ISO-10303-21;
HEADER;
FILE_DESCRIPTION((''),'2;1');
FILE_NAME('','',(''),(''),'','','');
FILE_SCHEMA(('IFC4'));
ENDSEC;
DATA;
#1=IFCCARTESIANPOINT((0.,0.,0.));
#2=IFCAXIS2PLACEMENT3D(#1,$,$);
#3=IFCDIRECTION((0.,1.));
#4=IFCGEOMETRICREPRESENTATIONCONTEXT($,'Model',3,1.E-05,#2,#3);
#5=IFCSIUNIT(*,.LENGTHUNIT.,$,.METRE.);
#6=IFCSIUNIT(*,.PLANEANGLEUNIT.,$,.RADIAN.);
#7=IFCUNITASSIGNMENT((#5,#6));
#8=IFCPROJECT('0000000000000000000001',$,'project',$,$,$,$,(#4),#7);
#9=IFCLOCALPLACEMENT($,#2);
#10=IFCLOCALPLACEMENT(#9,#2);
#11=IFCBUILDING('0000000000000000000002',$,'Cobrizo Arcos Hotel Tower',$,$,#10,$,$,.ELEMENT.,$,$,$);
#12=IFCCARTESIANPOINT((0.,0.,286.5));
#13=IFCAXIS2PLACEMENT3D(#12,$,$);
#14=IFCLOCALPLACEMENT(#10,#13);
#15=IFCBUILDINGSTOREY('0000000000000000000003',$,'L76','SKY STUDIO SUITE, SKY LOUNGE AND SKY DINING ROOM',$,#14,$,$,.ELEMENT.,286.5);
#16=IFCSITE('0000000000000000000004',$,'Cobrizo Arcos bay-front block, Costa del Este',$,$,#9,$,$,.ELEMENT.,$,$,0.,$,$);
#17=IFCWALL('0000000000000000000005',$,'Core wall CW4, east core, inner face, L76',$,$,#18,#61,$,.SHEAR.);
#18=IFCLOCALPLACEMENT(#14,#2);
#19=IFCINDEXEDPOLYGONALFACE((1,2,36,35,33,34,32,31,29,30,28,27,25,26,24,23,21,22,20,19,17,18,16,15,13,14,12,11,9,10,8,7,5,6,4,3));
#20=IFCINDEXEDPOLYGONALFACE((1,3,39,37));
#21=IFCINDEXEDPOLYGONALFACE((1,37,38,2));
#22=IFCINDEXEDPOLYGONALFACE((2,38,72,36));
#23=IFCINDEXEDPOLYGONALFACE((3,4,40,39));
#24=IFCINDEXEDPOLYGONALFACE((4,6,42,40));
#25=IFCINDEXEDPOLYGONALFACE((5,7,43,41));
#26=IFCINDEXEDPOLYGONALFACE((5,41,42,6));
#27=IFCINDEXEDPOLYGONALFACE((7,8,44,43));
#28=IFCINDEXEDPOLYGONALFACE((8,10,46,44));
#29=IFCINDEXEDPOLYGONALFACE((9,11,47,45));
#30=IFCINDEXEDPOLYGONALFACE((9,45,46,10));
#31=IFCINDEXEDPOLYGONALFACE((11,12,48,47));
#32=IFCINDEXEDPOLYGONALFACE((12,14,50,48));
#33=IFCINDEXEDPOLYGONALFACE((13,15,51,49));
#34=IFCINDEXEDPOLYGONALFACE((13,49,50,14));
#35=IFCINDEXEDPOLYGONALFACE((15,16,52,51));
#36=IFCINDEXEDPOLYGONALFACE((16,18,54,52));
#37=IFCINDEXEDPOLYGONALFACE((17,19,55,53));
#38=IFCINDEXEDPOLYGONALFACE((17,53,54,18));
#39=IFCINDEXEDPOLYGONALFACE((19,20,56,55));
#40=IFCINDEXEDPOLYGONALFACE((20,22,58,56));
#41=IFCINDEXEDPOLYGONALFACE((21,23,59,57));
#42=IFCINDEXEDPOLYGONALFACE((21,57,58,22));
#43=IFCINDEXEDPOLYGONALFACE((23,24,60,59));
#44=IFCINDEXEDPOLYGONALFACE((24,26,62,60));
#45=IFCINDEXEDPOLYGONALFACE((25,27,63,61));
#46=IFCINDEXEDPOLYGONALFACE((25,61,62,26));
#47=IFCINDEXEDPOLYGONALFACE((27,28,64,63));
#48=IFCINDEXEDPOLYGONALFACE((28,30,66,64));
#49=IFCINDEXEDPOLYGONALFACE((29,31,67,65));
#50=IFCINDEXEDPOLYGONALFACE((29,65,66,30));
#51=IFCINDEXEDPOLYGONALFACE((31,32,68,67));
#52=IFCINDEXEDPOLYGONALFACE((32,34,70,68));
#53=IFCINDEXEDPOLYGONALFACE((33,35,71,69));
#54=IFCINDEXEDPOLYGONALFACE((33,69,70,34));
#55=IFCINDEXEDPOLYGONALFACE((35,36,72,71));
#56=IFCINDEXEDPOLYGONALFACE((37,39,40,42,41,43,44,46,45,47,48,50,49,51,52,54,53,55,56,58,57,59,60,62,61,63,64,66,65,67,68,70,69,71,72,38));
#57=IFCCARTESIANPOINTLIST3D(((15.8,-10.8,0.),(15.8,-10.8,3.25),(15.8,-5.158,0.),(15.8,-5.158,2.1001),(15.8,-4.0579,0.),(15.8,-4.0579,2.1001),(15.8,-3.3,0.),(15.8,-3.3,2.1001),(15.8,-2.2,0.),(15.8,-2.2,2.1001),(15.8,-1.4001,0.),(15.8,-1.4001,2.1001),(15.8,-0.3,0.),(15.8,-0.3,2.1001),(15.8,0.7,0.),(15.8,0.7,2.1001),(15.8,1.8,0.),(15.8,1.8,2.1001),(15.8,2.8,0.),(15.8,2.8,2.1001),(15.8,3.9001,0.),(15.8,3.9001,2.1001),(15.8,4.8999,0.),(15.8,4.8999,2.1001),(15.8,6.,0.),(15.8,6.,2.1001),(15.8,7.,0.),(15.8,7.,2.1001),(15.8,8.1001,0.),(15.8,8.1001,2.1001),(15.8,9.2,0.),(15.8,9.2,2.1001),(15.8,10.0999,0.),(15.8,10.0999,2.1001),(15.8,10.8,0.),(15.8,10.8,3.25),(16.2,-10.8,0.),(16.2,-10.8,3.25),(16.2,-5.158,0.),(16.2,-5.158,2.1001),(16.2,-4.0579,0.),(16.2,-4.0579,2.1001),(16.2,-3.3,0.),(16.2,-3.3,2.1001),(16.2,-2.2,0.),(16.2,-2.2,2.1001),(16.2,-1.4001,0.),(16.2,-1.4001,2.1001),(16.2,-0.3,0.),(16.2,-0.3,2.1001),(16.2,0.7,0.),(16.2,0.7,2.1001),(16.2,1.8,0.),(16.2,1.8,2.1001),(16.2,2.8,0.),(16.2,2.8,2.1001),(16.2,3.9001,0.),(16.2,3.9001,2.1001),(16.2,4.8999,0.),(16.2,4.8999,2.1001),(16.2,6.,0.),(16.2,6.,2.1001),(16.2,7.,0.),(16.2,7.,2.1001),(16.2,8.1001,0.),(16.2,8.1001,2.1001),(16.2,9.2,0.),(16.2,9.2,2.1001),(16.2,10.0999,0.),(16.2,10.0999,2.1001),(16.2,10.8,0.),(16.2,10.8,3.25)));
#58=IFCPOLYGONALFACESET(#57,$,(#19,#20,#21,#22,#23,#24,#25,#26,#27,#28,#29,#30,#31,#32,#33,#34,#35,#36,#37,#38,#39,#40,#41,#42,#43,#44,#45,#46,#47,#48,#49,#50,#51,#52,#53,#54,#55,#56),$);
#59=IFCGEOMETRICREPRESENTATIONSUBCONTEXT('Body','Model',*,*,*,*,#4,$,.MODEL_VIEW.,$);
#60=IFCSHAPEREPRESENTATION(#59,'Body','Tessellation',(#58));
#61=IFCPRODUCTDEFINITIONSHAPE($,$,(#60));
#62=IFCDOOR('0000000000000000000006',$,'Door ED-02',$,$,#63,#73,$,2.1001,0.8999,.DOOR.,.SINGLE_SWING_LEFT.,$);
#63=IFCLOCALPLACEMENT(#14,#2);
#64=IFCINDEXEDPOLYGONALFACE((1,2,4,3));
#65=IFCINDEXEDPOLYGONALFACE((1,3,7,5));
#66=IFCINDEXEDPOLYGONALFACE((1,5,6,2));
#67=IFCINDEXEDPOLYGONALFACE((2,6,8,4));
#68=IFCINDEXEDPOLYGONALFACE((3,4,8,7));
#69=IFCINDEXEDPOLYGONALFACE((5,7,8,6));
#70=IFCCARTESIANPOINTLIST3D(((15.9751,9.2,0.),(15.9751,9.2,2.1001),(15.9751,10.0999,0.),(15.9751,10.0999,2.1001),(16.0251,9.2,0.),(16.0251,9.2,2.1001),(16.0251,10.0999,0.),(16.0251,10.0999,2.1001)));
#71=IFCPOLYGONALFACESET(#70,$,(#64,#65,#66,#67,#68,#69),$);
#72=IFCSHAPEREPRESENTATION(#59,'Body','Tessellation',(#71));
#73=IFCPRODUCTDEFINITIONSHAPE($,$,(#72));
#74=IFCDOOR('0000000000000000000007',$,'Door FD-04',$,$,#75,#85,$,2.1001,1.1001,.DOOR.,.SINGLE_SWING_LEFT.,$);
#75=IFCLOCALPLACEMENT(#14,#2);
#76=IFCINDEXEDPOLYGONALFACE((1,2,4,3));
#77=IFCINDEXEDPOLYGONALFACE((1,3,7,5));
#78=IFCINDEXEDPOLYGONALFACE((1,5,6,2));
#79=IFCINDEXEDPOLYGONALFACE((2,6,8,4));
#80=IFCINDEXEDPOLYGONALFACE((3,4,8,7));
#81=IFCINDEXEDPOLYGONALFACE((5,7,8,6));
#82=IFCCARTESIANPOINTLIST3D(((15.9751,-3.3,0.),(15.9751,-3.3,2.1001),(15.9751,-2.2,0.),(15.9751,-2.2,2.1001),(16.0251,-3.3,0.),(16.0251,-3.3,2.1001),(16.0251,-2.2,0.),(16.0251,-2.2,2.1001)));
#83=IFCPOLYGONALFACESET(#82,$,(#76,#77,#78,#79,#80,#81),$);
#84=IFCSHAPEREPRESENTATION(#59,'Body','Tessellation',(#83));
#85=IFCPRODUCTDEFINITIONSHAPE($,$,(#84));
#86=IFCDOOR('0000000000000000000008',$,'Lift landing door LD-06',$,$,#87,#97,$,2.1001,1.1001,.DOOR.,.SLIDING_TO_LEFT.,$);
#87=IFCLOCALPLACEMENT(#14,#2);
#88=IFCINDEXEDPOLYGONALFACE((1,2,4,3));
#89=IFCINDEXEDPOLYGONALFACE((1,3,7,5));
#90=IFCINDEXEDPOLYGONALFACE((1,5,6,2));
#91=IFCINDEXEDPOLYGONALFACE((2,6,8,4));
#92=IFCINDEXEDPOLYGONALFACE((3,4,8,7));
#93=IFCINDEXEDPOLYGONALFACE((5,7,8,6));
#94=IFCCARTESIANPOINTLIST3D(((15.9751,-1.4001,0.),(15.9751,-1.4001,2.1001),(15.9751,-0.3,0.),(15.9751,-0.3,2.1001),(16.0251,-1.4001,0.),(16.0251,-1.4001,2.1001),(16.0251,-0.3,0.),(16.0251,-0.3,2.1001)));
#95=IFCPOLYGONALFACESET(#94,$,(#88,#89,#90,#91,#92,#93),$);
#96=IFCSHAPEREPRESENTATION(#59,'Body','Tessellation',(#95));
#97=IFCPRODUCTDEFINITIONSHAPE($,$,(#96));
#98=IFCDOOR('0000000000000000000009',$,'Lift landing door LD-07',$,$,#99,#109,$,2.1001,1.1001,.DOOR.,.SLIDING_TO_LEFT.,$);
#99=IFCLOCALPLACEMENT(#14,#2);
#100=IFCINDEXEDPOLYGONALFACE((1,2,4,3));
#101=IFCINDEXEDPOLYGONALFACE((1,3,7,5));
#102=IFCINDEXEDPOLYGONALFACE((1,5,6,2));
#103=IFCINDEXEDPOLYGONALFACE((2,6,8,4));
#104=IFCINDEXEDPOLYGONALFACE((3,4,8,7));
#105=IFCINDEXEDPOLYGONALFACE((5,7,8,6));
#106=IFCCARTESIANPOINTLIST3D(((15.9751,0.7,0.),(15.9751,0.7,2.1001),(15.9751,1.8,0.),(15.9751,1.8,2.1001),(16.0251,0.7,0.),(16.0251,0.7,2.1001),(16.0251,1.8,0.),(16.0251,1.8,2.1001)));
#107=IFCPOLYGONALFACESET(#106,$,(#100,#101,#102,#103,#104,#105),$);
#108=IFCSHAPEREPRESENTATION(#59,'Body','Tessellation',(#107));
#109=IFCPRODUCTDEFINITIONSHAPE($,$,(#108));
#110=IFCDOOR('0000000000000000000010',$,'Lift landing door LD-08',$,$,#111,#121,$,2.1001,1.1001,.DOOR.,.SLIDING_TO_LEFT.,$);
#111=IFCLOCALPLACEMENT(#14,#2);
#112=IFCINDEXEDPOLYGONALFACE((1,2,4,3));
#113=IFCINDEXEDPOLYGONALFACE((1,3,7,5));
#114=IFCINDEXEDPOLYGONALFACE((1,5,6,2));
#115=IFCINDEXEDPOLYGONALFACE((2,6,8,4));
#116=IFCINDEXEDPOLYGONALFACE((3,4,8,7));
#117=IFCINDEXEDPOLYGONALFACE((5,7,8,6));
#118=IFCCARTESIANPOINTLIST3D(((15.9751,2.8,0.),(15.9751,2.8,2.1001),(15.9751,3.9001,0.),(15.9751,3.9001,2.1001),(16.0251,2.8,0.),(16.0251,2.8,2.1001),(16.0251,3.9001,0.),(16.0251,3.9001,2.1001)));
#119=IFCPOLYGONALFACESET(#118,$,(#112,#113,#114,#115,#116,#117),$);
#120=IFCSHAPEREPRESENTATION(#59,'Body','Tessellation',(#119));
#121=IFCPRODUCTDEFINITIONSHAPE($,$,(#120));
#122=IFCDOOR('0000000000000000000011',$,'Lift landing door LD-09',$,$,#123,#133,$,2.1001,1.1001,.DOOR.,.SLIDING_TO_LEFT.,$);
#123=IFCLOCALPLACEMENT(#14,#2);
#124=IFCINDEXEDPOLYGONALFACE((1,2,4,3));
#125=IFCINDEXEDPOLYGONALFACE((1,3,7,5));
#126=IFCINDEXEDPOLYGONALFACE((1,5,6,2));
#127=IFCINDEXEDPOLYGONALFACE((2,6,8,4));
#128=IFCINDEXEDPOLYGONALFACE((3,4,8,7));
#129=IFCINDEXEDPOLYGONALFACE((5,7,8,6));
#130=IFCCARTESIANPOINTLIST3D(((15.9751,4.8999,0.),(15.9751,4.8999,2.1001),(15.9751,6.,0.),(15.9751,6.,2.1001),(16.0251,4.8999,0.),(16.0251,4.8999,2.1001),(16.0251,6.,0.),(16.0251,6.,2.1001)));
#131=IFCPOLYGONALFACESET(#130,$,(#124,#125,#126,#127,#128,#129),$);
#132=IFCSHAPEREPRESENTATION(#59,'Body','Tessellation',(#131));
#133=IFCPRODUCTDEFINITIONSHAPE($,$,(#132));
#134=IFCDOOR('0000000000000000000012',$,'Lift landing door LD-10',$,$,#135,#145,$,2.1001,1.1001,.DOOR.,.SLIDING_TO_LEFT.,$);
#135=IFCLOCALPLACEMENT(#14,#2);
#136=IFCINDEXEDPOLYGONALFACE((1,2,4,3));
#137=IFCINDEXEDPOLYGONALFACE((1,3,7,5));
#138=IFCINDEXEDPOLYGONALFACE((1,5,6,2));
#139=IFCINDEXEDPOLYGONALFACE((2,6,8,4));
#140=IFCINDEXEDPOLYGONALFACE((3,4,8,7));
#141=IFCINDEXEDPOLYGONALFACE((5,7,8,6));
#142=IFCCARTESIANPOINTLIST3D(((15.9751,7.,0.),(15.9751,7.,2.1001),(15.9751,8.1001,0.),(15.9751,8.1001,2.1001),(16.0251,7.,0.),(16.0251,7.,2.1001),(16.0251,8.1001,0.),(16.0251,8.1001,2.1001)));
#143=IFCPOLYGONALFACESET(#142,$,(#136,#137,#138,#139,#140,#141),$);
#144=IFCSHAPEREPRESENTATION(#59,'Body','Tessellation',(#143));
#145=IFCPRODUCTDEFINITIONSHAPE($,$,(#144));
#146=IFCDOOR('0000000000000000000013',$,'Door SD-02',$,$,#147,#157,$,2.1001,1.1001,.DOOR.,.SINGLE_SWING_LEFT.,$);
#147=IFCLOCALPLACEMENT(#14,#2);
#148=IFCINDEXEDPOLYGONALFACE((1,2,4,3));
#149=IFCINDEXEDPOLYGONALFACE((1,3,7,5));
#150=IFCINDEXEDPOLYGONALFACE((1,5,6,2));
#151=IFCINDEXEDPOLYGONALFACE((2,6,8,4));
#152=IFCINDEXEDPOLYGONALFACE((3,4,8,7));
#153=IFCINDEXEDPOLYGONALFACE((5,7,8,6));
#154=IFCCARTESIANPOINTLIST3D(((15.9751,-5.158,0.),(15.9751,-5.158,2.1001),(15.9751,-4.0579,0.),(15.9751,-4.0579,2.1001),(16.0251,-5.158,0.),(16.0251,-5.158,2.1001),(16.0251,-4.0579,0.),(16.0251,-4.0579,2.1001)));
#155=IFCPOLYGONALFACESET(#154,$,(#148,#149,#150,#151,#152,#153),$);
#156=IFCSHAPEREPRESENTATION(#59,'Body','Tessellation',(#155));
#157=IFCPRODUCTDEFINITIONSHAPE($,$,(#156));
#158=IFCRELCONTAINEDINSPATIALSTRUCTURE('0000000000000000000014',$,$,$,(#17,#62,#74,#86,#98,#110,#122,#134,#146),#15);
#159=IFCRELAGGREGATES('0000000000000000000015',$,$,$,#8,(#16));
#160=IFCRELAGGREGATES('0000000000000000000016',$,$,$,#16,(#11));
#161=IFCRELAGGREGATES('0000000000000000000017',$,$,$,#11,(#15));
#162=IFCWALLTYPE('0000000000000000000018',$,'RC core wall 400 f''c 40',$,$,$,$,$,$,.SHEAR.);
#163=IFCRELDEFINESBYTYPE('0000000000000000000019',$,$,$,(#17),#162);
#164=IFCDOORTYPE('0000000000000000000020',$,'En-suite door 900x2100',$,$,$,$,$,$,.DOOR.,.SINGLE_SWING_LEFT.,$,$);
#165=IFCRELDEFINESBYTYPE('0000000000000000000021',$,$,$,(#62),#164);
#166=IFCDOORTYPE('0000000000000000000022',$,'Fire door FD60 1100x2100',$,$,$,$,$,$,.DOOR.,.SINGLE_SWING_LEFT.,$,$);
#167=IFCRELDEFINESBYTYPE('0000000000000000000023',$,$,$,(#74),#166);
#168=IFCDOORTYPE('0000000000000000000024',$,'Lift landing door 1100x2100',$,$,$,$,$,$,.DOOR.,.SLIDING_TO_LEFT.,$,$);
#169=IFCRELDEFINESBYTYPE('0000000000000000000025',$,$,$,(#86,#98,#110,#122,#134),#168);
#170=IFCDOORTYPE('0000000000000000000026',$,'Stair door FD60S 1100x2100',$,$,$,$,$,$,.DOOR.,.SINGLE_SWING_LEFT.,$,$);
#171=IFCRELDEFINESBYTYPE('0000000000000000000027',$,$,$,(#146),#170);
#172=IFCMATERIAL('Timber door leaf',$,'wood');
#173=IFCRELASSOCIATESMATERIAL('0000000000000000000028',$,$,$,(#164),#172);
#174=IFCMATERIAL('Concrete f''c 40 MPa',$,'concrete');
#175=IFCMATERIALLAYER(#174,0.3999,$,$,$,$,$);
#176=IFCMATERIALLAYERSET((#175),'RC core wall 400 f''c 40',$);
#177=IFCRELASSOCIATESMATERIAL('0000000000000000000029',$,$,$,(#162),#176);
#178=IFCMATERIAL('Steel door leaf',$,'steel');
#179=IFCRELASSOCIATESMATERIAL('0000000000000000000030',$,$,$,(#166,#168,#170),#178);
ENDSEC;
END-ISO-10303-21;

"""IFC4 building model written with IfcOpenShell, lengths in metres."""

from ifc_helpers import new_model, si_unit, direction, frame, frame_2d, origin, place, context, subcontext, project, spatial, rectangle, extrude, material, layer, layer_set, type_object, element, fill, save


model = new_model("IFC4")

# Units and contexts
model_context = context("Model", 3, precision=1e-05, world=origin(), true_north=direction((0.0, 1.0)))
body_context = subcontext(model_context, "Body", "Model", "MODEL_VIEW")
ifc_project = project(units=[si_unit("LENGTHUNIT", "METRE"), si_unit("PLANEANGLEUNIT", "RADIAN")], contexts=[model_context])

# Site, building, storey
site_placement = place(None, origin())
site = spatial("IfcSite", under=ifc_project, at=site_placement, Name="Cobrizo Arcos bay-front block, Costa del Este", CompositionType="ELEMENT", RefElevation=0.0)
building_placement = place(site_placement, origin())
building = spatial("IfcBuilding", under=site, at=building_placement, Name="Cobrizo Arcos Hotel Tower", CompositionType="ELEMENT")
storey_placement = place(building_placement, frame((0.0, 0.0, 286.5)))
storey = spatial("IfcBuildingStorey", under=building, at=storey_placement, Name="L76", Description="SKY STUDIO SUITE, SKY LOUNGE AND SKY DINING ROOM", CompositionType="ELEMENT", Elevation=286.5)

# Shared definitions
ifc_material_1 = material(Name="Timber door leaf", Category="wood")
door_type_1 = type_object("IfcDoorType", Name="En-suite door 900x2100", OperationType="SINGLE_SWING_LEFT", PredefinedType="DOOR", material=ifc_material_1)

# Wall, openings, doors
ifc_material_2 = material(Name="Concrete f'c 40 MPa", Category="concrete")
ifc_layer_1 = layer(ifc_material_2, 0.3999)
ifc_layer_set_1 = layer_set([ifc_layer_1], Name="RC core wall 400 f'c 40")
wall_type_1 = type_object("IfcWallType", Name="RC core wall 400 f'c 40", PredefinedType="SHEAR", material=ifc_layer_set_1)
wall_1_placement = place(storey_placement, frame((16.0, -10.8, 0.0), z_axis=(0.0, 0.0, 1.0), x_axis=(0.0, 1.0, 0.0)))
wall_1 = element("IfcWall", 1, at=wall_1_placement, inside=storey, type_object=wall_type_1, Name="Core wall CW4, east core, inner face, L76", PredefinedType="SHEAR", context=body_context, shape_type="SweptSolid", body=[
    extrude(rectangle(XDim=21.6001, YDim=0.3999, at=frame_2d((10.8, 0.0))), origin(), (0.0, 0.0, 1.0), 3.25),
])
opening_1_placement = place(wall_1_placement, frame((9.3999, 0.0, 0.0)))
opening_1 = element("IfcOpeningElement", 2, at=opening_1_placement, cuts=wall_1, PredefinedType="OPENING", context=body_context, shape_type="SweptSolid", body=[
    extrude(rectangle(XDim=1.1001, YDim=2.1001, at=frame_2d((0.55, 1.05))), frame((0.0, 0.2119, 0.0), z_axis=(0.0, -1.0, 0.0), x_axis=(1.0, 0.0, 0.0)), (0.0, 0.0, 1.0), 0.4238),
])
opening_2_placement = place(wall_1_placement, frame((11.5, 0.0, 0.0)))
opening_2 = element("IfcOpeningElement", 3, at=opening_2_placement, cuts=wall_1, PredefinedType="OPENING", context=body_context, shape_type="SweptSolid", body=[
    extrude(rectangle(XDim=1.1001, YDim=2.1001, at=frame_2d((0.55, 1.05))), frame((0.0, 0.2119, 0.0), z_axis=(0.0, -1.0, 0.0), x_axis=(1.0, 0.0, 0.0)), (0.0, 0.0, 1.0), 0.4238),
])
opening_3_placement = place(wall_1_placement, frame((13.6001, 0.0, 0.0)))
opening_3 = element("IfcOpeningElement", 4, at=opening_3_placement, cuts=wall_1, PredefinedType="OPENING", context=body_context, shape_type="SweptSolid", body=[
    extrude(rectangle(XDim=1.1001, YDim=2.1001, at=frame_2d((0.55, 1.05))), frame((0.0, 0.2119, 0.0), z_axis=(0.0, -1.0, 0.0), x_axis=(1.0, 0.0, 0.0)), (0.0, 0.0, 1.0), 0.4238),
])
opening_4_placement = place(wall_1_placement, frame((15.7, 0.0, 0.0)))
opening_4 = element("IfcOpeningElement", 5, at=opening_4_placement, cuts=wall_1, PredefinedType="OPENING", context=body_context, shape_type="SweptSolid", body=[
    extrude(rectangle(XDim=1.1001, YDim=2.1001, at=frame_2d((0.55, 1.05))), frame((0.0, 0.2119, 0.0), z_axis=(0.0, -1.0, 0.0), x_axis=(1.0, 0.0, 0.0)), (0.0, 0.0, 1.0), 0.4238),
])
opening_5_placement = place(wall_1_placement, frame((17.8, 0.0, 0.0)))
opening_5 = element("IfcOpeningElement", 6, at=opening_5_placement, cuts=wall_1, PredefinedType="OPENING", context=body_context, shape_type="SweptSolid", body=[
    extrude(rectangle(XDim=1.1001, YDim=2.1001, at=frame_2d((0.55, 1.05))), frame((0.0, 0.2119, 0.0), z_axis=(0.0, -1.0, 0.0), x_axis=(1.0, 0.0, 0.0)), (0.0, 0.0, 1.0), 0.4238),
])
opening_6_placement = place(wall_1_placement, frame((5.6421, 0.0, 0.0)))
opening_6 = element("IfcOpeningElement", 7, at=opening_6_placement, cuts=wall_1, PredefinedType="OPENING", context=body_context, shape_type="SweptSolid", body=[
    extrude(rectangle(XDim=1.1001, YDim=2.1001, at=frame_2d((0.55, 1.05))), frame((0.0, 0.2119, 0.0), z_axis=(0.0, -1.0, 0.0), x_axis=(1.0, 0.0, 0.0)), (0.0, 0.0, 1.0), 0.4238),
])
opening_7_placement = place(wall_1_placement, frame((7.5, 0.0, 0.0)))
opening_7 = element("IfcOpeningElement", 8, at=opening_7_placement, cuts=wall_1, PredefinedType="OPENING", context=body_context, shape_type="SweptSolid", body=[
    extrude(rectangle(XDim=1.1001, YDim=2.1001, at=frame_2d((0.55, 1.05))), frame((0.0, 0.2119, 0.0), z_axis=(0.0, -1.0, 0.0), x_axis=(1.0, 0.0, 0.0)), (0.0, 0.0, 1.0), 0.4238),
])
opening_8_placement = place(wall_1_placement, frame((20.0, 0.0, 0.0)))
opening_8 = element("IfcOpeningElement", 9, at=opening_8_placement, cuts=wall_1, PredefinedType="OPENING", context=body_context, shape_type="SweptSolid", body=[
    extrude(rectangle(XDim=0.8999, YDim=2.1001, at=frame_2d((0.45, 1.05))), frame((0.0, 0.2119, 0.0), z_axis=(0.0, -1.0, 0.0), x_axis=(1.0, 0.0, 0.0)), (0.0, 0.0, 1.0), 0.4238),
])
door_1_placement = place(opening_8_placement, origin())
door_1 = element("IfcDoor", 10, at=door_1_placement, inside=storey, type_object=door_type_1, Name="Door ED-02", OperationType="SINGLE_SWING_LEFT", OverallHeight=2.1001, OverallWidth=0.8999, PredefinedType="DOOR", context=body_context, shape_type="SweptSolid", body=[
    extrude(rectangle(XDim=0.8999, YDim=2.1001, at=frame_2d((0.45, 1.05))), frame((0.0, 0.0249, 0.0), z_axis=(0.0, -1.0, 0.0), x_axis=(1.0, 0.0, 0.0)), (0.0, 0.0, 1.0), 0.05),
])
fill(opening_8, door_1)
ifc_material_3 = material(Name="Steel door leaf", Category="steel")
door_type_2 = type_object("IfcDoorType", Name="Fire door FD60 1100x2100", OperationType="SINGLE_SWING_LEFT", PredefinedType="DOOR", material=ifc_material_3)
door_2_placement = place(opening_7_placement, origin())
door_2 = element("IfcDoor", 11, at=door_2_placement, inside=storey, type_object=door_type_2, Name="Door FD-04", OperationType="SINGLE_SWING_LEFT", OverallHeight=2.1001, OverallWidth=1.1001, PredefinedType="DOOR", context=body_context, shape_type="SweptSolid", body=[
    extrude(rectangle(XDim=1.1001, YDim=2.1001, at=frame_2d((0.55, 1.05))), frame((0.0, 0.0249, 0.0), z_axis=(0.0, -1.0, 0.0), x_axis=(1.0, 0.0, 0.0)), (0.0, 0.0, 1.0), 0.05),
])
fill(opening_7, door_2)
door_type_3 = type_object("IfcDoorType", Name="Lift landing door 1100x2100", OperationType="SLIDING_TO_LEFT", PredefinedType="DOOR", material=ifc_material_3)
door_3_placement = place(opening_1_placement, origin())
door_3 = element("IfcDoor", 12, at=door_3_placement, inside=storey, type_object=door_type_3, Name="Lift landing door LD-06", OperationType="SLIDING_TO_LEFT", OverallHeight=2.1001, OverallWidth=1.1001, PredefinedType="DOOR", context=body_context, shape_type="SweptSolid", body=[
    extrude(rectangle(XDim=1.1001, YDim=2.1001, at=frame_2d((0.55, 1.05))), frame((0.0, 0.0249, 0.0), z_axis=(0.0, -1.0, 0.0), x_axis=(1.0, 0.0, 0.0)), (0.0, 0.0, 1.0), 0.05),
])
fill(opening_1, door_3)
door_4_placement = place(opening_2_placement, origin())
door_4 = element("IfcDoor", 13, at=door_4_placement, inside=storey, type_object=door_type_3, Name="Lift landing door LD-07", OperationType="SLIDING_TO_LEFT", OverallHeight=2.1001, OverallWidth=1.1001, PredefinedType="DOOR", context=body_context, shape_type="SweptSolid", body=[
    extrude(rectangle(XDim=1.1001, YDim=2.1001, at=frame_2d((0.55, 1.05))), frame((0.0, 0.0249, 0.0), z_axis=(0.0, -1.0, 0.0), x_axis=(1.0, 0.0, 0.0)), (0.0, 0.0, 1.0), 0.05),
])
fill(opening_2, door_4)
door_5_placement = place(opening_3_placement, origin())
door_5 = element("IfcDoor", 14, at=door_5_placement, inside=storey, type_object=door_type_3, Name="Lift landing door LD-08", OperationType="SLIDING_TO_LEFT", OverallHeight=2.1001, OverallWidth=1.1001, PredefinedType="DOOR", context=body_context, shape_type="SweptSolid", body=[
    extrude(rectangle(XDim=1.1001, YDim=2.1001, at=frame_2d((0.55, 1.05))), frame((0.0, 0.0249, 0.0), z_axis=(0.0, -1.0, 0.0), x_axis=(1.0, 0.0, 0.0)), (0.0, 0.0, 1.0), 0.05),
])
fill(opening_3, door_5)
door_6_placement = place(opening_4_placement, origin())
door_6 = element("IfcDoor", 15, at=door_6_placement, inside=storey, type_object=door_type_3, Name="Lift landing door LD-09", OperationType="SLIDING_TO_LEFT", OverallHeight=2.1001, OverallWidth=1.1001, PredefinedType="DOOR", context=body_context, shape_type="SweptSolid", body=[
    extrude(rectangle(XDim=1.1001, YDim=2.1001, at=frame_2d((0.55, 1.05))), frame((0.0, 0.0249, 0.0), z_axis=(0.0, -1.0, 0.0), x_axis=(1.0, 0.0, 0.0)), (0.0, 0.0, 1.0), 0.05),
])
fill(opening_4, door_6)
door_7_placement = place(opening_5_placement, origin())
door_7 = element("IfcDoor", 16, at=door_7_placement, inside=storey, type_object=door_type_3, Name="Lift landing door LD-10", OperationType="SLIDING_TO_LEFT", OverallHeight=2.1001, OverallWidth=1.1001, PredefinedType="DOOR", context=body_context, shape_type="SweptSolid", body=[
    extrude(rectangle(XDim=1.1001, YDim=2.1001, at=frame_2d((0.55, 1.05))), frame((0.0, 0.0249, 0.0), z_axis=(0.0, -1.0, 0.0), x_axis=(1.0, 0.0, 0.0)), (0.0, 0.0, 1.0), 0.05),
])
fill(opening_5, door_7)
door_type_4 = type_object("IfcDoorType", Name="Stair door FD60S 1100x2100", OperationType="SINGLE_SWING_LEFT", PredefinedType="DOOR", material=ifc_material_3)
door_8_placement = place(opening_6_placement, origin())
door_8 = element("IfcDoor", 17, at=door_8_placement, inside=storey, type_object=door_type_4, Name="Door SD-02", OperationType="SINGLE_SWING_LEFT", OverallHeight=2.1001, OverallWidth=1.1001, PredefinedType="DOOR", context=body_context, shape_type="SweptSolid", body=[
    extrude(rectangle(XDim=1.1001, YDim=2.1001, at=frame_2d((0.55, 1.05))), frame((0.0, 0.0249, 0.0), z_axis=(0.0, -1.0, 0.0), x_axis=(1.0, 0.0, 0.0)), (0.0, 0.0, 1.0), 0.05),
])
fill(opening_6, door_8)

save(model, "model.ifc")
